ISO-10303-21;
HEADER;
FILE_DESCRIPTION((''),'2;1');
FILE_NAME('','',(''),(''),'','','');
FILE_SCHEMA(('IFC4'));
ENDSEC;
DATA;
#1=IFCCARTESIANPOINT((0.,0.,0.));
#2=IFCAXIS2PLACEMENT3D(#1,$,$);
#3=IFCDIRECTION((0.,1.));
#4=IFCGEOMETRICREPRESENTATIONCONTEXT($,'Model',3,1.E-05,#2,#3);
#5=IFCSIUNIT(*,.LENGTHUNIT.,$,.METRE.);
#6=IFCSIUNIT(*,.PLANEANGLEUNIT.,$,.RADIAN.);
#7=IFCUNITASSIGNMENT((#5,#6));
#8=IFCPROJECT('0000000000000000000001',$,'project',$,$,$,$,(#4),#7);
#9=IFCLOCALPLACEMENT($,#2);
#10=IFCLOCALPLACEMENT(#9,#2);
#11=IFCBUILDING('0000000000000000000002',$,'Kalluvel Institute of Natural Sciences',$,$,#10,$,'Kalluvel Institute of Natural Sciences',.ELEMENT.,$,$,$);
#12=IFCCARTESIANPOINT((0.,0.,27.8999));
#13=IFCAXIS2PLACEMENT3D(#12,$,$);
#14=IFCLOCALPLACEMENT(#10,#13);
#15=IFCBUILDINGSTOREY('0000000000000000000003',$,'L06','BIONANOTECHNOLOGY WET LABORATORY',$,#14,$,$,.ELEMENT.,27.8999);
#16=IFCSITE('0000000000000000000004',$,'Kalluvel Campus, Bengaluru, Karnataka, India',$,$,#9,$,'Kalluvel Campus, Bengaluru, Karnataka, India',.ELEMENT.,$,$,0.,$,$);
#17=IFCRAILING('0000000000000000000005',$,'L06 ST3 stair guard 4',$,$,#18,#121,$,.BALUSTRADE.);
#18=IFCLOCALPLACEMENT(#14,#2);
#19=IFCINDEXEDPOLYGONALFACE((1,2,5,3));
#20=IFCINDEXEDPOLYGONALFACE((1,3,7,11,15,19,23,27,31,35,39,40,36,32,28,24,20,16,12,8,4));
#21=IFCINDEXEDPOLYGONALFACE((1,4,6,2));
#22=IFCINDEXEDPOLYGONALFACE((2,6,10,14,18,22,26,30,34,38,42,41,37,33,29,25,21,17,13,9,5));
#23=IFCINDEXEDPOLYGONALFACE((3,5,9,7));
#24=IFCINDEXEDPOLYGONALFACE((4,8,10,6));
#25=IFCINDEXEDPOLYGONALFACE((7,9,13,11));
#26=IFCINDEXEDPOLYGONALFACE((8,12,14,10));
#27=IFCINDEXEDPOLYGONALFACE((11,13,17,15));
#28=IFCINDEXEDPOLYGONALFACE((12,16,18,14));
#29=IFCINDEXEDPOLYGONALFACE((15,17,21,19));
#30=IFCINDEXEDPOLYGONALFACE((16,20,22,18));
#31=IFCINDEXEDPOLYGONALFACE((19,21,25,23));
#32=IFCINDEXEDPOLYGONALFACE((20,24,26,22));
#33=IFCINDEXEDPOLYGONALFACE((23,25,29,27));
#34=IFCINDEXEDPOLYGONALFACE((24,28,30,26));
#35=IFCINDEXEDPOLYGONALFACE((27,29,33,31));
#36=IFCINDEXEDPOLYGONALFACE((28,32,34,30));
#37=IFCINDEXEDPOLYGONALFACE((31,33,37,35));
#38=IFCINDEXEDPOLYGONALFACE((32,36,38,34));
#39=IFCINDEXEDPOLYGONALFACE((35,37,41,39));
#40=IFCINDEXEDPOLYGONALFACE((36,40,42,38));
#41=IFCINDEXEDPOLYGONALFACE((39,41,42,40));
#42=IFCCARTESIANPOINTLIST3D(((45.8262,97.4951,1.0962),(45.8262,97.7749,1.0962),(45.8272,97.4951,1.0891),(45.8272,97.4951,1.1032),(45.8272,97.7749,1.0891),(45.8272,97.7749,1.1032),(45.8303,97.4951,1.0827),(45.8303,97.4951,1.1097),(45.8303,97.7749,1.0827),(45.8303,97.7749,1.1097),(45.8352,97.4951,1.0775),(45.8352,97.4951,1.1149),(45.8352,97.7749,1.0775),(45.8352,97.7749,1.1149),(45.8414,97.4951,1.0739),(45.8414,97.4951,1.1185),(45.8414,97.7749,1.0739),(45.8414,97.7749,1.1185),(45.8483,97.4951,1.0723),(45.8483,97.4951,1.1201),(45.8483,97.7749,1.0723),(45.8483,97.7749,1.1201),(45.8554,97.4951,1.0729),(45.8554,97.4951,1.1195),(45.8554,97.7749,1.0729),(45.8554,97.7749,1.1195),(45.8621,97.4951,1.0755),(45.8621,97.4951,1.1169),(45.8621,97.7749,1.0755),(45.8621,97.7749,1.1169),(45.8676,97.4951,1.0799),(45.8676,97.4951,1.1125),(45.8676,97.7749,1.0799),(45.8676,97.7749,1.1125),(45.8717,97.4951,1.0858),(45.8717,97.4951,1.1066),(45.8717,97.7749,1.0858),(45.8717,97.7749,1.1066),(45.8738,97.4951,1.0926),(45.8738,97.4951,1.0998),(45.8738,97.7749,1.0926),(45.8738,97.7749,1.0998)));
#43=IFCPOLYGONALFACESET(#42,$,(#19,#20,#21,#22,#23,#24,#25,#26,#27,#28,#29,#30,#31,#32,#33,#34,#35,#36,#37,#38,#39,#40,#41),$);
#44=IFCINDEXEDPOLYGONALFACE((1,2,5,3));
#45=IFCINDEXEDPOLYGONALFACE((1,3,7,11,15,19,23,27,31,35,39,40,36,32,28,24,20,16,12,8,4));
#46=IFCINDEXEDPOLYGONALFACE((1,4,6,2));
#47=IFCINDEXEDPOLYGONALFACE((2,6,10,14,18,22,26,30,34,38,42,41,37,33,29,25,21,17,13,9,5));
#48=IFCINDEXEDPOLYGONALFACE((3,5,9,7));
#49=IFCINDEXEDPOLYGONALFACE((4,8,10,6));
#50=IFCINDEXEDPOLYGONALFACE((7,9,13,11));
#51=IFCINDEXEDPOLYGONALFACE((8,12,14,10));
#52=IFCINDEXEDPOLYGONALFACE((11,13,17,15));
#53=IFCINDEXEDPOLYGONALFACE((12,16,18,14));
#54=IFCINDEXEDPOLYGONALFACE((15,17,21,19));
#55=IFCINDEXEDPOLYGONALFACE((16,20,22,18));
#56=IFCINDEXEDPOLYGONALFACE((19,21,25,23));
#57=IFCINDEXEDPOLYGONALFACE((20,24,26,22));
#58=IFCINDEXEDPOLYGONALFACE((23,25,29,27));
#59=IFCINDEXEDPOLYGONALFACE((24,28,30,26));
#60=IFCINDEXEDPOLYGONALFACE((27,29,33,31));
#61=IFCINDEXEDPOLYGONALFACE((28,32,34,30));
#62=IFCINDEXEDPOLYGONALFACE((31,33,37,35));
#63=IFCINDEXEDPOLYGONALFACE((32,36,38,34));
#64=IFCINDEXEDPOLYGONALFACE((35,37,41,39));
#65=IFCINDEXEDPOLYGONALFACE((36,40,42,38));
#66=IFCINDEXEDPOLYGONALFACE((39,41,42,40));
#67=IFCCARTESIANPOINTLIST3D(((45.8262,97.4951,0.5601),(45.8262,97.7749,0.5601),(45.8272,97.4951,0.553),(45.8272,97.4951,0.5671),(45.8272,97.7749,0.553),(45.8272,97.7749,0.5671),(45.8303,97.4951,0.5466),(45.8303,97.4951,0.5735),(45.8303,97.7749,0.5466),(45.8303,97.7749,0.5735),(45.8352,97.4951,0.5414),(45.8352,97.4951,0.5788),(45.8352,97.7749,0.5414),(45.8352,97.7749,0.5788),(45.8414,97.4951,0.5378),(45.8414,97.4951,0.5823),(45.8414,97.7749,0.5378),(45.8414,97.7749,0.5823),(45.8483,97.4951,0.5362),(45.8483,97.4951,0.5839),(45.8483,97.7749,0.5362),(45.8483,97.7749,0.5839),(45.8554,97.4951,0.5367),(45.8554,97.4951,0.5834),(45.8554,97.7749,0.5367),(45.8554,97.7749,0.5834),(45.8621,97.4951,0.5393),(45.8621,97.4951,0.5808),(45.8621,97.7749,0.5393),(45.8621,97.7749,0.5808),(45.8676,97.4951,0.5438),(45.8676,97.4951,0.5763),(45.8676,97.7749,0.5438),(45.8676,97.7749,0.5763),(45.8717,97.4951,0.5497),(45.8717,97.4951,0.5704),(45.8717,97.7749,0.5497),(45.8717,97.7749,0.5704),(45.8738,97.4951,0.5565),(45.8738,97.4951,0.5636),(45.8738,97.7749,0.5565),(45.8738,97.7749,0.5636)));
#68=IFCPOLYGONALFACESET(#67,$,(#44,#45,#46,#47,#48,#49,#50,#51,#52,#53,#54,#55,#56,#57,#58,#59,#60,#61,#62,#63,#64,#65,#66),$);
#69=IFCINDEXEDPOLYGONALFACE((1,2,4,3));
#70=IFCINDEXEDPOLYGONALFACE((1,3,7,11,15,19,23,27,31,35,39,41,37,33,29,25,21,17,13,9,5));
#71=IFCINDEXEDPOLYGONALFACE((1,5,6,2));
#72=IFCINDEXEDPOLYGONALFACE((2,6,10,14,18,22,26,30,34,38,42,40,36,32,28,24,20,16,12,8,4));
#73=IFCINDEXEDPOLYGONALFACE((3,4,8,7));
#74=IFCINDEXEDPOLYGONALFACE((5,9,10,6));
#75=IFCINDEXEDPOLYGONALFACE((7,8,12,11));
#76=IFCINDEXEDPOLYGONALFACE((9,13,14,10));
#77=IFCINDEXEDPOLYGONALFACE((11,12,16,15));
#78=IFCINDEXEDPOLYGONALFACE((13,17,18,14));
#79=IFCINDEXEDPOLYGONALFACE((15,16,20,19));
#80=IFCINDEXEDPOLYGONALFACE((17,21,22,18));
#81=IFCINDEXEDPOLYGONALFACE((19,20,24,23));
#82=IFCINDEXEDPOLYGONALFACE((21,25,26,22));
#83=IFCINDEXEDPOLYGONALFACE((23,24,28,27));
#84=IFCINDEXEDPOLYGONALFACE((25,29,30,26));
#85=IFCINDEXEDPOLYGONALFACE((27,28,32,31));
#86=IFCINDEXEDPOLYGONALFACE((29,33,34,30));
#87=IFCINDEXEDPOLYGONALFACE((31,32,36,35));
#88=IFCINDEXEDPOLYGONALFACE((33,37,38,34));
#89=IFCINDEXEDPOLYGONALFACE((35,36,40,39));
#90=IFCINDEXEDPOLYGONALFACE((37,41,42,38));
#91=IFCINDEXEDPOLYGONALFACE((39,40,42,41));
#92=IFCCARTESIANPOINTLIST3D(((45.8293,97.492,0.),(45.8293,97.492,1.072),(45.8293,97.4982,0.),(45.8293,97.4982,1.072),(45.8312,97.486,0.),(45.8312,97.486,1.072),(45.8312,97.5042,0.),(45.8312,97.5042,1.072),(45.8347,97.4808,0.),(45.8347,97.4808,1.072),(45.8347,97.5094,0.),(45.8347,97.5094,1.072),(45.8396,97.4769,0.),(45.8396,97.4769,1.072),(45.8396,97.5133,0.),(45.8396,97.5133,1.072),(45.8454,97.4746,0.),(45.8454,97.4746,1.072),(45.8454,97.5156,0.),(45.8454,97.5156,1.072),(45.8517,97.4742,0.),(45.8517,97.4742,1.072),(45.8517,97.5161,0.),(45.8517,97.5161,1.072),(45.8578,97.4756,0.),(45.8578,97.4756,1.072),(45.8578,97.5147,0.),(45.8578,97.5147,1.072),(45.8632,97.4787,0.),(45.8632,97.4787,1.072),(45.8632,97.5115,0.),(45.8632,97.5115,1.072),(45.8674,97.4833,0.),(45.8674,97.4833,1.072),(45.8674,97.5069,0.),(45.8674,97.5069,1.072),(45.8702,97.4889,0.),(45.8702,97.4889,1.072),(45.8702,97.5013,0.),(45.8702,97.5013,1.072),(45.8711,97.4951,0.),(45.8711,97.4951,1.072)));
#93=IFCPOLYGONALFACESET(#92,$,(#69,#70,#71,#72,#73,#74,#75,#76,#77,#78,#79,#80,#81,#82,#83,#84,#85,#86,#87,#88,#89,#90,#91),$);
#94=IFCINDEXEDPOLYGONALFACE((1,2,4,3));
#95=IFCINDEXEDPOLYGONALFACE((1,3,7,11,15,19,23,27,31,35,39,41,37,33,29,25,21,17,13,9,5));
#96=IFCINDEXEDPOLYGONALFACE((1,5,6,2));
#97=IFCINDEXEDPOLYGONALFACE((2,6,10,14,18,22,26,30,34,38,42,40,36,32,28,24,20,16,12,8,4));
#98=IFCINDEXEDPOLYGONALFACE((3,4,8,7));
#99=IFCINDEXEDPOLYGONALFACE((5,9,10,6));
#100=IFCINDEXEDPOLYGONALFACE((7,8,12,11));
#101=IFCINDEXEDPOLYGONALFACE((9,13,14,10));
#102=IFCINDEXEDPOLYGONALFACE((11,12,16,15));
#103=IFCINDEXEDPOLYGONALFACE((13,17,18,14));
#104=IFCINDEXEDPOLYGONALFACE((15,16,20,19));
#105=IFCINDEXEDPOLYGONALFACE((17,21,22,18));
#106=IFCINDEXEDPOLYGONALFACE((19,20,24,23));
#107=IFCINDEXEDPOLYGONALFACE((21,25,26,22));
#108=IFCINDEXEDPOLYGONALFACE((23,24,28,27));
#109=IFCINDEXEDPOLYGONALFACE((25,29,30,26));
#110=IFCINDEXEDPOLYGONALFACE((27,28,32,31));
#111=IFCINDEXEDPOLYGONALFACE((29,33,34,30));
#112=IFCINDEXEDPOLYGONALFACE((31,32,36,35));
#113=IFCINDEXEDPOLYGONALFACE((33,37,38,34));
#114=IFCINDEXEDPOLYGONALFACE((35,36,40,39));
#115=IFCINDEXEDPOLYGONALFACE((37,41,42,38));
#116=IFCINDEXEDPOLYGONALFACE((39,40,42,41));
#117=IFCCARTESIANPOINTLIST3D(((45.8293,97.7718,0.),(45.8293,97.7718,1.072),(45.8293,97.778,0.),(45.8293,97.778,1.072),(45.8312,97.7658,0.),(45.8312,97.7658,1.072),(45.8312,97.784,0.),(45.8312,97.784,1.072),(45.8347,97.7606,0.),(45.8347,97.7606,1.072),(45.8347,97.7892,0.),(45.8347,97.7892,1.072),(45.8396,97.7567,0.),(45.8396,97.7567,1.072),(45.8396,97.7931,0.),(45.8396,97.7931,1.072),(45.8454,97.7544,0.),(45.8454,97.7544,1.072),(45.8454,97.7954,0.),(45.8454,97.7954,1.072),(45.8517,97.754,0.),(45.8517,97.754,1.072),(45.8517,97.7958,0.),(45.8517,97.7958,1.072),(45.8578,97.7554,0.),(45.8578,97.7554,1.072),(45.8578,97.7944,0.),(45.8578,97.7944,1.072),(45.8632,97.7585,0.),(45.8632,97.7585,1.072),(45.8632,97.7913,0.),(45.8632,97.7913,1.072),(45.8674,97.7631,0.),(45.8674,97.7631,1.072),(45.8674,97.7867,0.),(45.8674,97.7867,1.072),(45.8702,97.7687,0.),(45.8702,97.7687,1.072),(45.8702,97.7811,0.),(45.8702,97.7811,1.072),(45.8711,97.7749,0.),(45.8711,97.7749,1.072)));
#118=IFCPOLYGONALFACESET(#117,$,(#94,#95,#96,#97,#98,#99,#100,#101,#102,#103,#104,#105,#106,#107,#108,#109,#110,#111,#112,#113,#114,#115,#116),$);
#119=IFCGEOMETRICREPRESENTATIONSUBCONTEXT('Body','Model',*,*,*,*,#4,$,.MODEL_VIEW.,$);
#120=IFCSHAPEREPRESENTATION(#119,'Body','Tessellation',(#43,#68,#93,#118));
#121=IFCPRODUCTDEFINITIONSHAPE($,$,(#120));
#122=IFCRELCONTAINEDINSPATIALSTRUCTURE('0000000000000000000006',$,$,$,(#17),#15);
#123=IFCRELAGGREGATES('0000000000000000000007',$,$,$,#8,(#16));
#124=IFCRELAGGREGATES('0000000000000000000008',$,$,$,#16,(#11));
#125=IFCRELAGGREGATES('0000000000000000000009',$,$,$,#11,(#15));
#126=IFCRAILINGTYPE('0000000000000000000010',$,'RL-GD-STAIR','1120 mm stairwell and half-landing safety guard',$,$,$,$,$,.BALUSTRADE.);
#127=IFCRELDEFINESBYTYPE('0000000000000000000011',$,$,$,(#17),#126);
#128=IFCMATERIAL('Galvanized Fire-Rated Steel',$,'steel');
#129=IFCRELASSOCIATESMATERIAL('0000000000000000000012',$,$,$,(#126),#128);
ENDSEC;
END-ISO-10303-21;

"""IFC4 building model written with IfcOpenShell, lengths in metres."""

from ifc_helpers import new_model, si_unit, direction, frame, origin, origin_2d, place, context, subcontext, project, spatial, circle, extrude, material, type_object, element, save


model = new_model("IFC4")

# Units and contexts
model_context = context("Model", 3, precision=1e-05, world=origin(), true_north=direction((0.0, 1.0)))
body_context = subcontext(model_context, "Body", "Model", "MODEL_VIEW")
ifc_project = project(units=[si_unit("LENGTHUNIT", "METRE"), si_unit("PLANEANGLEUNIT", "RADIAN")], contexts=[model_context])

# Site, building, storey
site_placement = place(None, origin())
site = spatial("IfcSite", under=ifc_project, at=site_placement, Name="Kalluvel Campus, Bengaluru, Karnataka, India", LongName="Kalluvel Campus, Bengaluru, Karnataka, India", CompositionType="ELEMENT", RefElevation=0.0)
building_placement = place(site_placement, origin())
building = spatial("IfcBuilding", under=site, at=building_placement, Name="Kalluvel Institute of Natural Sciences", LongName="Kalluvel Institute of Natural Sciences", CompositionType="ELEMENT")
storey_placement = place(building_placement, frame((0.0, 0.0, 27.8999)))
storey = spatial("IfcBuildingStorey", under=building, at=storey_placement, Name="L06", Description="BIONANOTECHNOLOGY WET LABORATORY", CompositionType="ELEMENT", Elevation=27.8999)

# Railing
ifc_material_1 = material(Name="Galvanized Fire-Rated Steel", Category="steel")
railing_type_1 = type_object("IfcRailingType", Name="RL-GD-STAIR", Description="1120 mm stairwell and half-landing safety guard", PredefinedType="BALUSTRADE", material=ifc_material_1)
railing_1_placement = place(storey_placement, frame((45.8501, 97.4951, 0.0)))
element("IfcRailing", 1, at=railing_1_placement, inside=storey, type_object=railing_type_1, Name="L06 ST3 stair guard 4", PredefinedType="BALUSTRADE", context=body_context, shape_type="SweptSolid", body=[
    extrude(circle(Radius=0.0239, at=origin_2d()), frame((0.0, 0.0, 1.0962), z_axis=(0.0, 1.0, 0.0), x_axis=(-1.0, 0.0, 0.0)), (0.0, 0.0, 1.0), 0.2798),
    extrude(circle(Radius=0.0239, at=origin_2d()), frame((0.0, 0.0, 0.5601), z_axis=(0.0, 1.0, 0.0), x_axis=(-1.0, 0.0, 0.0)), (0.0, 0.0, 1.0), 0.2798),
    extrude(circle(Radius=0.021, at=origin_2d()), origin(), (0.0, 0.0, 1.0), 1.072),
    extrude(circle(Radius=0.021, at=origin_2d()), frame((0.0, 0.2798, 0.0)), (0.0, 0.0, 1.0), 1.072),
])

save(model, "model.ifc")
